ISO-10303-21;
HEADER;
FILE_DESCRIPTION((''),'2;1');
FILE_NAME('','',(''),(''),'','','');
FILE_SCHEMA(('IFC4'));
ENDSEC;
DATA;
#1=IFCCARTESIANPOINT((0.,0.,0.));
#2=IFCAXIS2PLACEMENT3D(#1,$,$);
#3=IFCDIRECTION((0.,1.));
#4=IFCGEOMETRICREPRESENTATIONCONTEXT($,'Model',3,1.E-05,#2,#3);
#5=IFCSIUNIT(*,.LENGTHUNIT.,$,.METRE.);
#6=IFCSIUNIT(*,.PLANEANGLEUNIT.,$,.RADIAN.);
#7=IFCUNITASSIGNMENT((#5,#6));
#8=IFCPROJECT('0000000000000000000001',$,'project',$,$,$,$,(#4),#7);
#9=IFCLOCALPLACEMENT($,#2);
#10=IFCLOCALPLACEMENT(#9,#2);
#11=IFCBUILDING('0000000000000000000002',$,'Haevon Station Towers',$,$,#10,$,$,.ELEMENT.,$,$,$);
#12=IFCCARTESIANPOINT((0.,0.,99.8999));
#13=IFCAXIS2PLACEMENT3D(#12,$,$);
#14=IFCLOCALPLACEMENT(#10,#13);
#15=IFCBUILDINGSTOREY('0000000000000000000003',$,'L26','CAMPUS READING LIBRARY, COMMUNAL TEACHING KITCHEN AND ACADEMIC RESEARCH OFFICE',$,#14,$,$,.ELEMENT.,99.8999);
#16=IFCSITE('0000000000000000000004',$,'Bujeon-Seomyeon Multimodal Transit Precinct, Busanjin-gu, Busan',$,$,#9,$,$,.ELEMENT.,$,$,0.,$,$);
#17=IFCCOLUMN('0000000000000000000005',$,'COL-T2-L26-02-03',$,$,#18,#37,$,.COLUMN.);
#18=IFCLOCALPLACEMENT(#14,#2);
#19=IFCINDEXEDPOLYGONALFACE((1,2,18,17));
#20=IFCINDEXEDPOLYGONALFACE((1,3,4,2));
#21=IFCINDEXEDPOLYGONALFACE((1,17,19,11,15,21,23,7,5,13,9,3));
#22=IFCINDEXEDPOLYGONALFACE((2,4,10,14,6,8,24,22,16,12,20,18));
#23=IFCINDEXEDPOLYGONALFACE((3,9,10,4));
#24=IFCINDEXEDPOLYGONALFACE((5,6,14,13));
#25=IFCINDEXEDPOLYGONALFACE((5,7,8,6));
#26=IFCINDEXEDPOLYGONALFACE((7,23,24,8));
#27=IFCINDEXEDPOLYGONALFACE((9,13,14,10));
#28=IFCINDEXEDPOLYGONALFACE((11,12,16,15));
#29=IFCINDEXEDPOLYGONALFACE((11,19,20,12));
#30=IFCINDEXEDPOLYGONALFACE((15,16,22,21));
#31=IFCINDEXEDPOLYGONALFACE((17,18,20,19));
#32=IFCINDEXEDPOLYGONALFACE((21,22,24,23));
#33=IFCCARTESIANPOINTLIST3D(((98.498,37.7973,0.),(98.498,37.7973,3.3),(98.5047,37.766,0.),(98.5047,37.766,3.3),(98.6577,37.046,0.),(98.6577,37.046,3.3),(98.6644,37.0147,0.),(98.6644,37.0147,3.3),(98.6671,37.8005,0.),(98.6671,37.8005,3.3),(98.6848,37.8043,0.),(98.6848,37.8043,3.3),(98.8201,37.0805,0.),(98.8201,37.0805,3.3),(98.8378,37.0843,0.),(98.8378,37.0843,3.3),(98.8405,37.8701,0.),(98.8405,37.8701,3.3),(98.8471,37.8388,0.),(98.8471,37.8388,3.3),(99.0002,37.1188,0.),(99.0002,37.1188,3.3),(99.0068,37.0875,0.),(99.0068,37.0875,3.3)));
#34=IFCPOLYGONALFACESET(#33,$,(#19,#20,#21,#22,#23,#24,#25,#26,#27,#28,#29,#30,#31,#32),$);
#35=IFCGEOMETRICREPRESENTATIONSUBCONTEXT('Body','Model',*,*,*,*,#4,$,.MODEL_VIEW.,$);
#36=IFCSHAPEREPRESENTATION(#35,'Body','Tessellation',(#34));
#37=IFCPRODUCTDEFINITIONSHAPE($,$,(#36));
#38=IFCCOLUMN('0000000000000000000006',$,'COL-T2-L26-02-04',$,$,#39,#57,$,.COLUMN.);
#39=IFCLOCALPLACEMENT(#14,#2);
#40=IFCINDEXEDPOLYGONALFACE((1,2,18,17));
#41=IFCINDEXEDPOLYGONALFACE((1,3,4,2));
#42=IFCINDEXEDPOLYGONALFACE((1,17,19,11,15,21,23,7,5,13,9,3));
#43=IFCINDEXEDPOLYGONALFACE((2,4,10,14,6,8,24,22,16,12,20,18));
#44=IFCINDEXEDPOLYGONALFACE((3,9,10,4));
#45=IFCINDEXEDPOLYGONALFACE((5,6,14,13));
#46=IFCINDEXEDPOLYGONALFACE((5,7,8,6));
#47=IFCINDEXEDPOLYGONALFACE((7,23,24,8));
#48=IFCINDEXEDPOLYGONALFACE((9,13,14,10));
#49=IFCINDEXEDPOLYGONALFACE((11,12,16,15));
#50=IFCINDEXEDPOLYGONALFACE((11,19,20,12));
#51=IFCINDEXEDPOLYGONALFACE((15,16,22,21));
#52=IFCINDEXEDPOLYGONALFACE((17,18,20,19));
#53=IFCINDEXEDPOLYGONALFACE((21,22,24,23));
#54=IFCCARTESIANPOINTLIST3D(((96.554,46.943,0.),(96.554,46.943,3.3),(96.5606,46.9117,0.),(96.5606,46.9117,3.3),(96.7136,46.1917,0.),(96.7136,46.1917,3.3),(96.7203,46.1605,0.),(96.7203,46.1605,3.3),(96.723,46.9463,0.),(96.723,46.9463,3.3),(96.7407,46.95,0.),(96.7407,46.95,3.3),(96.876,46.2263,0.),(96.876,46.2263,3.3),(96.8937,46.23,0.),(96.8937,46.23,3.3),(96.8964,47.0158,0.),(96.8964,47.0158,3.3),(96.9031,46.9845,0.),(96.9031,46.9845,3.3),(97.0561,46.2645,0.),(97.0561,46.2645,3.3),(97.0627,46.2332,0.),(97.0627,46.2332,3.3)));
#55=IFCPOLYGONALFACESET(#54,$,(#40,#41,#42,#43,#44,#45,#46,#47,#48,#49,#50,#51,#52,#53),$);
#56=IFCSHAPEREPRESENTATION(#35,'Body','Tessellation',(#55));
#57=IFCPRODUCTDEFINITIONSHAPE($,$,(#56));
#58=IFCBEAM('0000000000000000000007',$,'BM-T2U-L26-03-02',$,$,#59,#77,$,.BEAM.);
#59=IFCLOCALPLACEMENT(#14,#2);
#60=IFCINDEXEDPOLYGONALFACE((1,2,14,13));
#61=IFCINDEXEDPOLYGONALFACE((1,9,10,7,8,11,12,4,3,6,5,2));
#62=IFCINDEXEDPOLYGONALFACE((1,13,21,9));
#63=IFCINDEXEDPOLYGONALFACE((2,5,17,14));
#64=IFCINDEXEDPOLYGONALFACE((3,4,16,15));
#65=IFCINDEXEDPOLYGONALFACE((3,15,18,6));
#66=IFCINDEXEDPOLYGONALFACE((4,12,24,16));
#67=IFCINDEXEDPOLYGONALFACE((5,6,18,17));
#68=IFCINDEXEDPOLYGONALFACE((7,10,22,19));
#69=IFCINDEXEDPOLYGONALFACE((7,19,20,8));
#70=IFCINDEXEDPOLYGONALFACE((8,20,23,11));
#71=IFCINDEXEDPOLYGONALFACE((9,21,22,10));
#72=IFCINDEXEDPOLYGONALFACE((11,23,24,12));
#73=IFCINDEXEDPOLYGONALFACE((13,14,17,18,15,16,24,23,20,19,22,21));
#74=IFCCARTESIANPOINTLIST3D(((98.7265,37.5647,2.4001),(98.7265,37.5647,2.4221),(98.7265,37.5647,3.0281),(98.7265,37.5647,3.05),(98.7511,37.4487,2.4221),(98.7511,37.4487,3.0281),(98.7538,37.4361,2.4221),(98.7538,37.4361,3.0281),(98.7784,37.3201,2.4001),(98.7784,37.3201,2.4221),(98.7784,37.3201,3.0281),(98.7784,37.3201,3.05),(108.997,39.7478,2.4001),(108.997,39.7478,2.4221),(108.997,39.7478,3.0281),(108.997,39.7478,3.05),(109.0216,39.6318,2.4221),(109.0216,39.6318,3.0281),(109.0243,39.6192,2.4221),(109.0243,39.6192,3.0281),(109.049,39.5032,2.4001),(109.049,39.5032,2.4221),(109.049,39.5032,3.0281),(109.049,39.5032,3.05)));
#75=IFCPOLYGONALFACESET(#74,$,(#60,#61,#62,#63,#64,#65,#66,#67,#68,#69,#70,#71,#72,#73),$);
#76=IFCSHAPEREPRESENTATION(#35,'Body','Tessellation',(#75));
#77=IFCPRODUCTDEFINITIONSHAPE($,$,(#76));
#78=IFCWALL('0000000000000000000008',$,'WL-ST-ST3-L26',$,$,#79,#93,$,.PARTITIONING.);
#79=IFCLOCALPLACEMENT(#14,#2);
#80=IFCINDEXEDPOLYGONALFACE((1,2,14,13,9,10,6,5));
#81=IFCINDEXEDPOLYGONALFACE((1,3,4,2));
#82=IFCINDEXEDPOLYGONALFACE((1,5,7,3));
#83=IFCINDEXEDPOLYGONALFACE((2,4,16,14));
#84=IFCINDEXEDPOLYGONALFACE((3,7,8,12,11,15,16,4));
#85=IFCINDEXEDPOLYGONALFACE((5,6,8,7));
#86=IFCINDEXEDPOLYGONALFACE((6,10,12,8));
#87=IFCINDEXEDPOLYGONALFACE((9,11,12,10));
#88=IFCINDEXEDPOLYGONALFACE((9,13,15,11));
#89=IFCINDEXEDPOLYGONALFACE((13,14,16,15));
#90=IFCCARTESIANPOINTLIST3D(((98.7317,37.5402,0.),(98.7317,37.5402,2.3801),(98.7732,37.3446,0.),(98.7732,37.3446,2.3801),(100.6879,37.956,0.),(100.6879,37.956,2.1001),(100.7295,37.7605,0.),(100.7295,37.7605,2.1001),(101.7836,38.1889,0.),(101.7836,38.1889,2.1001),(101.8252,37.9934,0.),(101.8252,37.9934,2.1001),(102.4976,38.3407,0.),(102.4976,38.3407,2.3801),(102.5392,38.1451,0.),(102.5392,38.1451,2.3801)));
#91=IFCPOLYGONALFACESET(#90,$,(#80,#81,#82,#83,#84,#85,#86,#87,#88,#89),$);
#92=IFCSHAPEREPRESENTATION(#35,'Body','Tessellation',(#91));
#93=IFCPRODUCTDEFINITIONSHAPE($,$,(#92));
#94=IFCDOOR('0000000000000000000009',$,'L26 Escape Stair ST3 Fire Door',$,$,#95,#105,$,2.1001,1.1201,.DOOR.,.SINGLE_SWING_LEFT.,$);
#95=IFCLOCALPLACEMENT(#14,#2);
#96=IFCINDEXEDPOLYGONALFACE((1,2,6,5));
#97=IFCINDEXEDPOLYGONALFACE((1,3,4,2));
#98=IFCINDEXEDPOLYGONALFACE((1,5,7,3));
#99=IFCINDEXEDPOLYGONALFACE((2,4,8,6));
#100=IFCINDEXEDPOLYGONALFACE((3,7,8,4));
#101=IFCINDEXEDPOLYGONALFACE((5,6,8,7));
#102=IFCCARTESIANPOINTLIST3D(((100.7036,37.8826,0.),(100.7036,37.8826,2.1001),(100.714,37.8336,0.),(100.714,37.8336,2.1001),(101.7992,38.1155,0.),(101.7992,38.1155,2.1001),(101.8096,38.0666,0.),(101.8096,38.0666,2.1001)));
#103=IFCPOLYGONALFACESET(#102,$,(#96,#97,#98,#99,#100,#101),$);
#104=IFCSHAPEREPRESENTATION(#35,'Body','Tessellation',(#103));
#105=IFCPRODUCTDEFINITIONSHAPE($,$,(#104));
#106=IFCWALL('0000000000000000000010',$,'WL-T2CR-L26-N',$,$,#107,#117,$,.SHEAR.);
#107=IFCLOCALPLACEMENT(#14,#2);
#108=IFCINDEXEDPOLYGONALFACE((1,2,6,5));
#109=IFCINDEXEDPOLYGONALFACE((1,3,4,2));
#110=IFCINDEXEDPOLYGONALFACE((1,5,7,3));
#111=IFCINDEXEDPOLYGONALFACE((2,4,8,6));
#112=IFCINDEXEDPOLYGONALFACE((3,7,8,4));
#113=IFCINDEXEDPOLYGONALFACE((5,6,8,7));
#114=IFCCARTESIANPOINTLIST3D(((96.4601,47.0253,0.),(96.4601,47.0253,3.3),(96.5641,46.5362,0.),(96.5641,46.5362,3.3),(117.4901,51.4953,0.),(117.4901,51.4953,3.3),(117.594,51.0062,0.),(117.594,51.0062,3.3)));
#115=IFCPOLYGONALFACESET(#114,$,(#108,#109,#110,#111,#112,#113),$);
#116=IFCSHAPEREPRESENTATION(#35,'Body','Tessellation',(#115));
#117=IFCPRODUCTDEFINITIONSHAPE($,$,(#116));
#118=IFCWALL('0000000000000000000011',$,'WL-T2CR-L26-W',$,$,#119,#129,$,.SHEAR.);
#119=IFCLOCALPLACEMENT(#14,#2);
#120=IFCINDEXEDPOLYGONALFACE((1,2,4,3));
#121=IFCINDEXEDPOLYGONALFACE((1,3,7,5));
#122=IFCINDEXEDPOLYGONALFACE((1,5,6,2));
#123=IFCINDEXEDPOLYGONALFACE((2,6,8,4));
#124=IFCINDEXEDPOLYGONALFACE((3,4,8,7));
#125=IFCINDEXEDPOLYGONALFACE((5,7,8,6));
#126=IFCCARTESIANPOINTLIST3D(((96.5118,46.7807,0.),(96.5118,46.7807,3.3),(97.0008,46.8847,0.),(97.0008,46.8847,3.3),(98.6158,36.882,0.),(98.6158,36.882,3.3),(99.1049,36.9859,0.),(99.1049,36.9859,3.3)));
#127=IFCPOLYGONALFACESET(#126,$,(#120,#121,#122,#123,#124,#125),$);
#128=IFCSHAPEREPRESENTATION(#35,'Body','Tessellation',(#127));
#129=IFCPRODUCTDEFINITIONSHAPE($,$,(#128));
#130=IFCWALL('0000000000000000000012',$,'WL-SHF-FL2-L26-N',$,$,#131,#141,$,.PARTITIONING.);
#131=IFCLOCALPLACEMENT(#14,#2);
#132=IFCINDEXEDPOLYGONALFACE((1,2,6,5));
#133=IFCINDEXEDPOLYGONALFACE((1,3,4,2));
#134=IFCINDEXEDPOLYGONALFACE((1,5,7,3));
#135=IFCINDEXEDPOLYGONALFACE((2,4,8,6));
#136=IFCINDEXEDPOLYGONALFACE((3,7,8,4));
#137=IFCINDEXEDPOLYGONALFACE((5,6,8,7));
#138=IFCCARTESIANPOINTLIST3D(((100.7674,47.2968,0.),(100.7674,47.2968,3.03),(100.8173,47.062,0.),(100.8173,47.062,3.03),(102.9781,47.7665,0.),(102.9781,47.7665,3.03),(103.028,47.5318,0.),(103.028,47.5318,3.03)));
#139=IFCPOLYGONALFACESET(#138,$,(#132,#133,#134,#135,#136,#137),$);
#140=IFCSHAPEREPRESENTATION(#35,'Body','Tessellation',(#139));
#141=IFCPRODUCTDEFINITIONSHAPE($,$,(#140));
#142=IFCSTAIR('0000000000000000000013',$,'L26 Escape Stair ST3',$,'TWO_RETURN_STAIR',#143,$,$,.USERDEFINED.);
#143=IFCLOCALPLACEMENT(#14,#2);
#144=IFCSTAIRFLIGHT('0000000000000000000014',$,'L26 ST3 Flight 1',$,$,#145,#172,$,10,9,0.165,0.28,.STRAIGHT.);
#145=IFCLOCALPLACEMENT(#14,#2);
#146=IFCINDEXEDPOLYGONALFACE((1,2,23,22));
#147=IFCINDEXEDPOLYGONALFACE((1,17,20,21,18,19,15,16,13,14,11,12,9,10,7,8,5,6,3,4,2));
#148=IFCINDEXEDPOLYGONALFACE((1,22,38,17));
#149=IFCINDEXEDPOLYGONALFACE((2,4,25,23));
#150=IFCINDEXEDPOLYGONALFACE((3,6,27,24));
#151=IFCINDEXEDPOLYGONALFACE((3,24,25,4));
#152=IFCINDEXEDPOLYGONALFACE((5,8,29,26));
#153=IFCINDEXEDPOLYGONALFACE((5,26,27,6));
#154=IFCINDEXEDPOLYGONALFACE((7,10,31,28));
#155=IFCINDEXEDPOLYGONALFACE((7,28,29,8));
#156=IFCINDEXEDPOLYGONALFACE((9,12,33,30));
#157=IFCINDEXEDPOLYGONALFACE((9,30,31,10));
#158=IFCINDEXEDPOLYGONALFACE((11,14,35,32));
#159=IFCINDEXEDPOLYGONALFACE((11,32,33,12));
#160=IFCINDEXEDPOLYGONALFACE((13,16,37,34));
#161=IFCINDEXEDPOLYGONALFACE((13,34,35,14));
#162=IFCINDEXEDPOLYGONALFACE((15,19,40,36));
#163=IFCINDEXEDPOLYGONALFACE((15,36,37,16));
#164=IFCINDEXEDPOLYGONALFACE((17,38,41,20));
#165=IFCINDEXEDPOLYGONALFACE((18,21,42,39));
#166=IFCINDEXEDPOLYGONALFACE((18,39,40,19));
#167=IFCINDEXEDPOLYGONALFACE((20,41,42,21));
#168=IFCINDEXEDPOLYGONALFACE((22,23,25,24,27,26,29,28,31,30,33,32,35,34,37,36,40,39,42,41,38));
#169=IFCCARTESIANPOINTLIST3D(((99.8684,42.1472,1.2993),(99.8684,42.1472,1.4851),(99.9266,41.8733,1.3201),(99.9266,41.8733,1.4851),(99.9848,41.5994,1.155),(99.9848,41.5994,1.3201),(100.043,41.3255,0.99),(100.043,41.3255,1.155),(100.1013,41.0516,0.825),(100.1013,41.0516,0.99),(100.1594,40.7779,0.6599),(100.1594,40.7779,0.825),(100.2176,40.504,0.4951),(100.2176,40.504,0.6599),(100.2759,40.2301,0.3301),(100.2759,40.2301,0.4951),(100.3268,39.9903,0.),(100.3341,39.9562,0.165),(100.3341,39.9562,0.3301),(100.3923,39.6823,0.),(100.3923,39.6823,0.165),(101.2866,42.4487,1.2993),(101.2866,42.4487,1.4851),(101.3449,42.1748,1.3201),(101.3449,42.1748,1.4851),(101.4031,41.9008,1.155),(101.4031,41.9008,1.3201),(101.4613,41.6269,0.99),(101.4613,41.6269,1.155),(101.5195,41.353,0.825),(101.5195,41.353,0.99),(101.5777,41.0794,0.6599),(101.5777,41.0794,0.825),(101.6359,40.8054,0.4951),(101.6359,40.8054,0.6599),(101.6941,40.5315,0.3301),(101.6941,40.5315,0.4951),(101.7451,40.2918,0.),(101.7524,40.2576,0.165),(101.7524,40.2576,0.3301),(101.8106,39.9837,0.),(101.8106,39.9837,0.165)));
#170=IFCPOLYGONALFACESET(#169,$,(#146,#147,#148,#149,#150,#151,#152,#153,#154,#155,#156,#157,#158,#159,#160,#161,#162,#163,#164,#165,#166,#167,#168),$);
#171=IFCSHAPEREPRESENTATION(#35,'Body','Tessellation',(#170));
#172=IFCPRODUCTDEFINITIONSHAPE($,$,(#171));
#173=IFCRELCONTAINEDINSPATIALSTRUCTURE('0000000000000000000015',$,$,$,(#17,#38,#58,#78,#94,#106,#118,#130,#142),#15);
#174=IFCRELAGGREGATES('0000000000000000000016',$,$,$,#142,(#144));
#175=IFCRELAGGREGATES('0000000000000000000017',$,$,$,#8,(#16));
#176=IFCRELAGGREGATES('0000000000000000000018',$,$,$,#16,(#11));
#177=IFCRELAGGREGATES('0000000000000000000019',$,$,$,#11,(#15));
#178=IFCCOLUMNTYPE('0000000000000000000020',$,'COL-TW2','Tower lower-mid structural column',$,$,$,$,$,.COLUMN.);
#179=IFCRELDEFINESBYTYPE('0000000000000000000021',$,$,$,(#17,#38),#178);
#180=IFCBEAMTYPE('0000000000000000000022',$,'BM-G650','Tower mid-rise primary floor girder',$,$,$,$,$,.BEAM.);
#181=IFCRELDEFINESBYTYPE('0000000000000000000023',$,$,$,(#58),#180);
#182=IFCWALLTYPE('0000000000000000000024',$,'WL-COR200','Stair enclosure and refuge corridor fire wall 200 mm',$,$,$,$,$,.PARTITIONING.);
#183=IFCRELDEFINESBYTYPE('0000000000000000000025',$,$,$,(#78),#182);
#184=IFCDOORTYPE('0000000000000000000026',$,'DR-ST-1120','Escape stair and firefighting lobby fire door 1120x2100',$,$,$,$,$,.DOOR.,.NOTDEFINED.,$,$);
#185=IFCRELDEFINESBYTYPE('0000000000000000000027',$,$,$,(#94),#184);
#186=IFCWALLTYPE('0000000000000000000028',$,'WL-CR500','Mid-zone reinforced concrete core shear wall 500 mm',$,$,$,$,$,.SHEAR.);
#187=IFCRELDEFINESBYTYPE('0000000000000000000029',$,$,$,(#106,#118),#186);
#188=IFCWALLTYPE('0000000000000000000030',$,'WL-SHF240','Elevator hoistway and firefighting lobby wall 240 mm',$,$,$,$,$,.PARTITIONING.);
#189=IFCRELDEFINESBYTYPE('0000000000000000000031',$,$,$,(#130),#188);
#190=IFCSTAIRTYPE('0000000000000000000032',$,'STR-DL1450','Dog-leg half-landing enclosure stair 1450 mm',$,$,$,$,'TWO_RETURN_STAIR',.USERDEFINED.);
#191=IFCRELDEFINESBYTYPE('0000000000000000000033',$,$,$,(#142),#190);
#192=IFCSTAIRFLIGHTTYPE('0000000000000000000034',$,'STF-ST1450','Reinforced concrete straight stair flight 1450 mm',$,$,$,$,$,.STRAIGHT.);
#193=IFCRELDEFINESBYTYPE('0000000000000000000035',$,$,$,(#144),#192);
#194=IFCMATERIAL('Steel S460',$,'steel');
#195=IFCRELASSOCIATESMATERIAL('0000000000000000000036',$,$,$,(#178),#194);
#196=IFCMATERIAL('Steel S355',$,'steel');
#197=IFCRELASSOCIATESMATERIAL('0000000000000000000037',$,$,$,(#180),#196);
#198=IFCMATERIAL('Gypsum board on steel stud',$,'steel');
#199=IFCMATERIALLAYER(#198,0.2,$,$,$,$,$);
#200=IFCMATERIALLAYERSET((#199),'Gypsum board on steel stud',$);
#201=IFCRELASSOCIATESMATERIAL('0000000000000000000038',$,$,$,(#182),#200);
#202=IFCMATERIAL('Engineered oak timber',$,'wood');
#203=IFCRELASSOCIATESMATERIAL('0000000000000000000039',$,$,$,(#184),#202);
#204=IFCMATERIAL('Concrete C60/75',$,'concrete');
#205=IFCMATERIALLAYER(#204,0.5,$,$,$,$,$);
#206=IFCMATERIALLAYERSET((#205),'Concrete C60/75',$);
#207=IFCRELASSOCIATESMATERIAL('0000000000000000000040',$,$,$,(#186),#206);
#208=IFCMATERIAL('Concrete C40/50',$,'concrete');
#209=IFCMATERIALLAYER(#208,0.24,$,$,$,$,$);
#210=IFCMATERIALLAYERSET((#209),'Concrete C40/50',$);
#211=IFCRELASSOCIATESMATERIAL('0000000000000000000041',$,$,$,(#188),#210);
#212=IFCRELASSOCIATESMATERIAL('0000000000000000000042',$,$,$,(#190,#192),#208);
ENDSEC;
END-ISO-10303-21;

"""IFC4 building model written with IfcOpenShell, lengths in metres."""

from ifc_helpers import new_model, si_unit, direction, frame, frame_2d, origin, origin_2d, place, context, subcontext, project, spatial, polyline, rectangle, i_section, outline, extrude, material, layer, layer_set, material_profile, profile_set, type_object, element, fill, aggregate, save


model = new_model("IFC4")

# Units and contexts
model_context = context("Model", 3, precision=1e-05, world=origin(), true_north=direction((0.0, 1.0)))
body_context = subcontext(model_context, "Body", "Model", "MODEL_VIEW")
ifc_project = project(units=[si_unit("LENGTHUNIT", "METRE"), si_unit("PLANEANGLEUNIT", "RADIAN")], contexts=[model_context])

# Site, building, storey
site_placement = place(None, origin())
site = spatial("IfcSite", under=ifc_project, at=site_placement, Name="Bujeon-Seomyeon Multimodal Transit Precinct, Busanjin-gu, Busan", CompositionType="ELEMENT", RefElevation=0.0)
building_placement = place(site_placement, origin())
building = spatial("IfcBuilding", under=site, at=building_placement, Name="Haevon Station Towers", CompositionType="ELEMENT")
storey_placement = place(building_placement, frame((0.0, 0.0, 99.8999)))
storey = spatial("IfcBuildingStorey", under=building, at=storey_placement, Name="L26", Description="CAMPUS READING LIBRARY, COMMUNAL TEACHING KITCHEN AND ACADEMIC RESEARCH OFFICE", CompositionType="ELEMENT", Elevation=99.8999)

# Columns
ifc_material_1 = material(Name="Steel S460", Category="steel")
ifc_material_profile_1 = material_profile(ifc_material_1, i_section(OverallWidth=0.3501, OverallDepth=0.8, WebThickness=0.0181, FlangeThickness=0.032, at=origin_2d()), Name="H-800x350x18x32")
ifc_profile_set_1 = profile_set([ifc_material_profile_1], Name="Steel S460")
column_type = type_object("IfcColumnType", Name="COL-TW2", Description="Tower lower-mid structural column", PredefinedType="COLUMN", material=ifc_profile_set_1)
for number, where, z_axis, x_axis, name in (
    (1, (98.7524, 37.4424, 0.0), (0.0, 0.0, 1.0), (0.978148, 0.207912, 0.0), "COL-T2-L26-02-03"),
    (2, (96.8083, 46.5881, 0.0), (0.0, 0.0, 1.0), (0.978148, 0.207912, 0.0), "COL-T2-L26-02-04"),
):
    element("IfcColumn", number, at=place(storey_placement, frame(where, z_axis=z_axis, x_axis=x_axis)), inside=storey, type_object=column_type, Name=name, PredefinedType="COLUMN", context=body_context, shape_type="SweptSolid", body=[
        extrude(i_section(OverallWidth=0.3501, OverallDepth=0.8, WebThickness=0.0181, FlangeThickness=0.032, at=origin_2d()), origin(), (0.0, 0.0, 1.0), 3.3),
    ])

# Beam
ifc_material_2 = material(Name="Steel S355", Category="steel")
ifc_material_profile_2 = material_profile(ifc_material_2, i_section(OverallWidth=0.25, OverallDepth=0.6499, WebThickness=0.0129, FlangeThickness=0.022, at=origin_2d()), Name="H-650x250x13x22")
ifc_profile_set_2 = profile_set([ifc_material_profile_2], Name="Steel S355")
beam_type = type_object("IfcBeamType", Name="BM-G650", Description="Tower mid-rise primary floor girder", PredefinedType="BEAM", material=ifc_profile_set_2)
beam_placement = place(storey_placement, frame((98.7524, 37.4424, 2.7251), z_axis=(0.978147, 0.207915, 0.0), x_axis=(-0.207915, 0.978147, 0.0)))
element("IfcBeam", 3, at=beam_placement, inside=storey, type_object=beam_type, Name="BM-T2U-L26-03-02", PredefinedType="BEAM", context=body_context, shape_type="SweptSolid", body=[
    extrude(i_section(OverallWidth=0.25, OverallDepth=0.6499, WebThickness=0.0129, FlangeThickness=0.022, at=origin_2d()), origin(), (0.0, 0.0, 1.0), 10.5),
])

# Wall, opening, door
ifc_material_3 = material(Name="Gypsum board on steel stud", Category="steel")
ifc_layer_1 = layer(ifc_material_3, 0.2)
ifc_layer_set_1 = layer_set([ifc_layer_1], Name="Gypsum board on steel stud")
wall_type_1 = type_object("IfcWallType", Name="WL-COR200", Description="Stair enclosure and refuge corridor fire wall 200 mm", PredefinedType="PARTITIONING", material=ifc_layer_set_1)
wall_1_placement = place(storey_placement, frame((98.7524, 37.4424, 0.0), z_axis=(0.0, 0.0, 1.0), x_axis=(0.978144, 0.207931, 0.0)))
wall_1 = element("IfcWall", 4, at=wall_1_placement, inside=storey, type_object=wall_type_1, Name="WL-ST-ST3-L26", PredefinedType="PARTITIONING", context=body_context, shape_type="SweptSolid", body=[
    extrude(rectangle(XDim=3.8501, YDim=0.2, at=frame_2d((1.925, 0.0))), origin(), (0.0, 0.0, 1.0), 2.3801),
])
opening_1_placement = place(wall_1_placement, frame((2.0, 0.0, 0.0)))
opening_1 = element("IfcOpeningElement", 5, at=opening_1_placement, cuts=wall_1, PredefinedType="OPENING", context=body_context, shape_type="SweptSolid", body=[
    extrude(rectangle(XDim=1.1201, YDim=2.1001, at=frame_2d((0.5601, 1.05))), frame((0.0, 0.1099, 0.0), z_axis=(0.0, -1.0, 0.0), x_axis=(1.0, 0.0, 0.0)), (0.0, 0.0, 1.0), 0.22),
])
ifc_material_4 = material(Name="Engineered oak timber", Category="wood")
door_type_1 = type_object("IfcDoorType", Name="DR-ST-1120", Description="Escape stair and firefighting lobby fire door 1120x2100", OperationType="NOTDEFINED", PredefinedType="DOOR", material=ifc_material_4)
door_1_placement = place(opening_1_placement, origin())
door_1 = element("IfcDoor", 6, at=door_1_placement, inside=storey, type_object=door_type_1, Name="L26 Escape Stair ST3 Fire Door", OperationType="SINGLE_SWING_LEFT", OverallHeight=2.1001, OverallWidth=1.1201, PredefinedType="DOOR", context=body_context, shape_type="SweptSolid", body=[
    extrude(rectangle(XDim=1.1201, YDim=2.1001, at=frame_2d((0.5601, 1.05))), frame((0.0, 0.0249, 0.0), z_axis=(0.0, -1.0, 0.0), x_axis=(1.0, 0.0, 0.0)), (0.0, 0.0, 1.0), 0.05),
])
fill(opening_1, door_1)

# Walls
ifc_material_5 = material(Name="Concrete C60/75", Category="concrete")
ifc_layer_2 = layer(ifc_material_5, 0.5)
ifc_layer_set_2 = layer_set([ifc_layer_2], Name="Concrete C60/75")
wall_type_2 = type_object("IfcWallType", Name="WL-CR500", Description="Mid-zone reinforced concrete core shear wall 500 mm", PredefinedType="SHEAR", material=ifc_layer_set_2)
wall_2_placement = place(storey_placement, frame((96.512, 46.7808, 0.0), z_axis=(0.0, 0.0, 1.0), x_axis=(0.978149, 0.207907, 0.0)))
element("IfcWall", 7, at=wall_2_placement, inside=storey, type_object=wall_type_2, Name="WL-T2CR-L26-N", PredefinedType="SHEAR", context=body_context, shape_type="SweptSolid", body=[
    extrude(rectangle(XDim=21.4998, YDim=0.5, at=frame_2d((10.75, 0.0))), origin(), (0.0, 0.0, 1.0), 3.3),
])
wall_3_placement = place(storey_placement, frame((98.8604, 36.9338, 0.0), z_axis=(0.0, 0.0, 1.0), x_axis=(-0.207909, 0.978148, 0.0)))
element("IfcWall", 8, at=wall_3_placement, inside=storey, type_object=wall_type_2, Name="WL-T2CR-L26-W", PredefinedType="SHEAR", context=body_context, shape_type="SweptSolid", body=[
    extrude(rectangle(XDim=10.1199, YDim=0.5, at=frame_2d((5.0601, 0.0))), origin(), (0.0, 0.0, 1.0), 3.3),
])

# Shared definitions
ifc_material_6 = material(Name="Concrete C40/50", Category="concrete")
ifc_layer_3 = layer(ifc_material_6, 0.24)
ifc_layer_set_3 = layer_set([ifc_layer_3], Name="Concrete C40/50")
wall_type_3 = type_object("IfcWallType", Name="WL-SHF240", Description="Elevator hoistway and firefighting lobby wall 240 mm", PredefinedType="PARTITIONING", material=ifc_layer_set_3)

# Wall
wall_4_placement = place(storey_placement, frame((100.7925, 47.1794, 0.0), z_axis=(0.0, 0.0, 1.0), x_axis=(0.978163, 0.207839, 0.0)))
element("IfcWall", 9, at=wall_4_placement, inside=storey, type_object=wall_type_3, Name="WL-SHF-FL2-L26-N", PredefinedType="PARTITIONING", context=body_context, shape_type="SweptSolid", body=[
    extrude(rectangle(XDim=2.26, YDim=0.24, at=frame_2d((1.1299, 0.0))), origin(), (0.0, 0.0, 1.0), 3.03),
])

# Stair, stair flight
stair_type = type_object("IfcStairType", Name="STR-DL1450", Description="Dog-leg half-landing enclosure stair 1450 mm", ElementType="TWO_RETURN_STAIR", PredefinedType="USERDEFINED", material=ifc_material_6)
stair_placement = place(storey_placement, origin())
stair = element("IfcStair", 10, at=stair_placement, inside=storey, type_object=stair_type, Name="L26 Escape Stair ST3", ObjectType="TWO_RETURN_STAIR", PredefinedType="USERDEFINED")
stair_flight_type = type_object("IfcStairFlightType", Name="STF-ST1450", Description="Reinforced concrete straight stair flight 1450 mm", PredefinedType="STRAIGHT", material=ifc_material_6)
stair_flight_1_placement = place(storey_placement, frame((101.1016, 39.833, 0.0), z_axis=(0.0, 0.0, 1.0), x_axis=(-0.207912, 0.978148, 0.0)))
stair_flight_1 = element("IfcStairFlight", 11, at=stair_flight_1_placement, type_object=stair_flight_type, Name="L26 ST3 Flight 1", NumberOfRisers=10, NumberOfTreads=9, PredefinedType="STRAIGHT", RiserHeight=0.165, TreadLength=0.28, context=body_context, shape_type="SweptSolid", body=[
    extrude(outline(polyline([(0.0, 0.0), (0.0, 0.165), (0.28, 0.165), (0.28, 0.3301), (0.5601, 0.3301), (0.5601, 0.4951), (0.8401, 0.4951), (0.8401, 0.6599), (1.1201, 0.6599), (1.1201, 0.825), (1.3999, 0.825), (1.3999, 0.99), (1.6799, 0.99), (1.6799, 1.155), (1.96, 1.155), (1.96, 1.3201), (2.24, 1.3201), (2.24, 1.4851), (2.52, 1.4851), (2.52, 1.6499), (2.52, 1.2993), (0.3149, 0.0), (0.0, 0.0)])), frame((0.0, 0.7251, 0.0), z_axis=(0.0, -1.0, 0.0), x_axis=(1.0, 0.0, 0.0)), (0.0, 0.0, 1.0), 1.45),
])
aggregate(stair, [stair_flight_1])

save(model, "model.ifc")
